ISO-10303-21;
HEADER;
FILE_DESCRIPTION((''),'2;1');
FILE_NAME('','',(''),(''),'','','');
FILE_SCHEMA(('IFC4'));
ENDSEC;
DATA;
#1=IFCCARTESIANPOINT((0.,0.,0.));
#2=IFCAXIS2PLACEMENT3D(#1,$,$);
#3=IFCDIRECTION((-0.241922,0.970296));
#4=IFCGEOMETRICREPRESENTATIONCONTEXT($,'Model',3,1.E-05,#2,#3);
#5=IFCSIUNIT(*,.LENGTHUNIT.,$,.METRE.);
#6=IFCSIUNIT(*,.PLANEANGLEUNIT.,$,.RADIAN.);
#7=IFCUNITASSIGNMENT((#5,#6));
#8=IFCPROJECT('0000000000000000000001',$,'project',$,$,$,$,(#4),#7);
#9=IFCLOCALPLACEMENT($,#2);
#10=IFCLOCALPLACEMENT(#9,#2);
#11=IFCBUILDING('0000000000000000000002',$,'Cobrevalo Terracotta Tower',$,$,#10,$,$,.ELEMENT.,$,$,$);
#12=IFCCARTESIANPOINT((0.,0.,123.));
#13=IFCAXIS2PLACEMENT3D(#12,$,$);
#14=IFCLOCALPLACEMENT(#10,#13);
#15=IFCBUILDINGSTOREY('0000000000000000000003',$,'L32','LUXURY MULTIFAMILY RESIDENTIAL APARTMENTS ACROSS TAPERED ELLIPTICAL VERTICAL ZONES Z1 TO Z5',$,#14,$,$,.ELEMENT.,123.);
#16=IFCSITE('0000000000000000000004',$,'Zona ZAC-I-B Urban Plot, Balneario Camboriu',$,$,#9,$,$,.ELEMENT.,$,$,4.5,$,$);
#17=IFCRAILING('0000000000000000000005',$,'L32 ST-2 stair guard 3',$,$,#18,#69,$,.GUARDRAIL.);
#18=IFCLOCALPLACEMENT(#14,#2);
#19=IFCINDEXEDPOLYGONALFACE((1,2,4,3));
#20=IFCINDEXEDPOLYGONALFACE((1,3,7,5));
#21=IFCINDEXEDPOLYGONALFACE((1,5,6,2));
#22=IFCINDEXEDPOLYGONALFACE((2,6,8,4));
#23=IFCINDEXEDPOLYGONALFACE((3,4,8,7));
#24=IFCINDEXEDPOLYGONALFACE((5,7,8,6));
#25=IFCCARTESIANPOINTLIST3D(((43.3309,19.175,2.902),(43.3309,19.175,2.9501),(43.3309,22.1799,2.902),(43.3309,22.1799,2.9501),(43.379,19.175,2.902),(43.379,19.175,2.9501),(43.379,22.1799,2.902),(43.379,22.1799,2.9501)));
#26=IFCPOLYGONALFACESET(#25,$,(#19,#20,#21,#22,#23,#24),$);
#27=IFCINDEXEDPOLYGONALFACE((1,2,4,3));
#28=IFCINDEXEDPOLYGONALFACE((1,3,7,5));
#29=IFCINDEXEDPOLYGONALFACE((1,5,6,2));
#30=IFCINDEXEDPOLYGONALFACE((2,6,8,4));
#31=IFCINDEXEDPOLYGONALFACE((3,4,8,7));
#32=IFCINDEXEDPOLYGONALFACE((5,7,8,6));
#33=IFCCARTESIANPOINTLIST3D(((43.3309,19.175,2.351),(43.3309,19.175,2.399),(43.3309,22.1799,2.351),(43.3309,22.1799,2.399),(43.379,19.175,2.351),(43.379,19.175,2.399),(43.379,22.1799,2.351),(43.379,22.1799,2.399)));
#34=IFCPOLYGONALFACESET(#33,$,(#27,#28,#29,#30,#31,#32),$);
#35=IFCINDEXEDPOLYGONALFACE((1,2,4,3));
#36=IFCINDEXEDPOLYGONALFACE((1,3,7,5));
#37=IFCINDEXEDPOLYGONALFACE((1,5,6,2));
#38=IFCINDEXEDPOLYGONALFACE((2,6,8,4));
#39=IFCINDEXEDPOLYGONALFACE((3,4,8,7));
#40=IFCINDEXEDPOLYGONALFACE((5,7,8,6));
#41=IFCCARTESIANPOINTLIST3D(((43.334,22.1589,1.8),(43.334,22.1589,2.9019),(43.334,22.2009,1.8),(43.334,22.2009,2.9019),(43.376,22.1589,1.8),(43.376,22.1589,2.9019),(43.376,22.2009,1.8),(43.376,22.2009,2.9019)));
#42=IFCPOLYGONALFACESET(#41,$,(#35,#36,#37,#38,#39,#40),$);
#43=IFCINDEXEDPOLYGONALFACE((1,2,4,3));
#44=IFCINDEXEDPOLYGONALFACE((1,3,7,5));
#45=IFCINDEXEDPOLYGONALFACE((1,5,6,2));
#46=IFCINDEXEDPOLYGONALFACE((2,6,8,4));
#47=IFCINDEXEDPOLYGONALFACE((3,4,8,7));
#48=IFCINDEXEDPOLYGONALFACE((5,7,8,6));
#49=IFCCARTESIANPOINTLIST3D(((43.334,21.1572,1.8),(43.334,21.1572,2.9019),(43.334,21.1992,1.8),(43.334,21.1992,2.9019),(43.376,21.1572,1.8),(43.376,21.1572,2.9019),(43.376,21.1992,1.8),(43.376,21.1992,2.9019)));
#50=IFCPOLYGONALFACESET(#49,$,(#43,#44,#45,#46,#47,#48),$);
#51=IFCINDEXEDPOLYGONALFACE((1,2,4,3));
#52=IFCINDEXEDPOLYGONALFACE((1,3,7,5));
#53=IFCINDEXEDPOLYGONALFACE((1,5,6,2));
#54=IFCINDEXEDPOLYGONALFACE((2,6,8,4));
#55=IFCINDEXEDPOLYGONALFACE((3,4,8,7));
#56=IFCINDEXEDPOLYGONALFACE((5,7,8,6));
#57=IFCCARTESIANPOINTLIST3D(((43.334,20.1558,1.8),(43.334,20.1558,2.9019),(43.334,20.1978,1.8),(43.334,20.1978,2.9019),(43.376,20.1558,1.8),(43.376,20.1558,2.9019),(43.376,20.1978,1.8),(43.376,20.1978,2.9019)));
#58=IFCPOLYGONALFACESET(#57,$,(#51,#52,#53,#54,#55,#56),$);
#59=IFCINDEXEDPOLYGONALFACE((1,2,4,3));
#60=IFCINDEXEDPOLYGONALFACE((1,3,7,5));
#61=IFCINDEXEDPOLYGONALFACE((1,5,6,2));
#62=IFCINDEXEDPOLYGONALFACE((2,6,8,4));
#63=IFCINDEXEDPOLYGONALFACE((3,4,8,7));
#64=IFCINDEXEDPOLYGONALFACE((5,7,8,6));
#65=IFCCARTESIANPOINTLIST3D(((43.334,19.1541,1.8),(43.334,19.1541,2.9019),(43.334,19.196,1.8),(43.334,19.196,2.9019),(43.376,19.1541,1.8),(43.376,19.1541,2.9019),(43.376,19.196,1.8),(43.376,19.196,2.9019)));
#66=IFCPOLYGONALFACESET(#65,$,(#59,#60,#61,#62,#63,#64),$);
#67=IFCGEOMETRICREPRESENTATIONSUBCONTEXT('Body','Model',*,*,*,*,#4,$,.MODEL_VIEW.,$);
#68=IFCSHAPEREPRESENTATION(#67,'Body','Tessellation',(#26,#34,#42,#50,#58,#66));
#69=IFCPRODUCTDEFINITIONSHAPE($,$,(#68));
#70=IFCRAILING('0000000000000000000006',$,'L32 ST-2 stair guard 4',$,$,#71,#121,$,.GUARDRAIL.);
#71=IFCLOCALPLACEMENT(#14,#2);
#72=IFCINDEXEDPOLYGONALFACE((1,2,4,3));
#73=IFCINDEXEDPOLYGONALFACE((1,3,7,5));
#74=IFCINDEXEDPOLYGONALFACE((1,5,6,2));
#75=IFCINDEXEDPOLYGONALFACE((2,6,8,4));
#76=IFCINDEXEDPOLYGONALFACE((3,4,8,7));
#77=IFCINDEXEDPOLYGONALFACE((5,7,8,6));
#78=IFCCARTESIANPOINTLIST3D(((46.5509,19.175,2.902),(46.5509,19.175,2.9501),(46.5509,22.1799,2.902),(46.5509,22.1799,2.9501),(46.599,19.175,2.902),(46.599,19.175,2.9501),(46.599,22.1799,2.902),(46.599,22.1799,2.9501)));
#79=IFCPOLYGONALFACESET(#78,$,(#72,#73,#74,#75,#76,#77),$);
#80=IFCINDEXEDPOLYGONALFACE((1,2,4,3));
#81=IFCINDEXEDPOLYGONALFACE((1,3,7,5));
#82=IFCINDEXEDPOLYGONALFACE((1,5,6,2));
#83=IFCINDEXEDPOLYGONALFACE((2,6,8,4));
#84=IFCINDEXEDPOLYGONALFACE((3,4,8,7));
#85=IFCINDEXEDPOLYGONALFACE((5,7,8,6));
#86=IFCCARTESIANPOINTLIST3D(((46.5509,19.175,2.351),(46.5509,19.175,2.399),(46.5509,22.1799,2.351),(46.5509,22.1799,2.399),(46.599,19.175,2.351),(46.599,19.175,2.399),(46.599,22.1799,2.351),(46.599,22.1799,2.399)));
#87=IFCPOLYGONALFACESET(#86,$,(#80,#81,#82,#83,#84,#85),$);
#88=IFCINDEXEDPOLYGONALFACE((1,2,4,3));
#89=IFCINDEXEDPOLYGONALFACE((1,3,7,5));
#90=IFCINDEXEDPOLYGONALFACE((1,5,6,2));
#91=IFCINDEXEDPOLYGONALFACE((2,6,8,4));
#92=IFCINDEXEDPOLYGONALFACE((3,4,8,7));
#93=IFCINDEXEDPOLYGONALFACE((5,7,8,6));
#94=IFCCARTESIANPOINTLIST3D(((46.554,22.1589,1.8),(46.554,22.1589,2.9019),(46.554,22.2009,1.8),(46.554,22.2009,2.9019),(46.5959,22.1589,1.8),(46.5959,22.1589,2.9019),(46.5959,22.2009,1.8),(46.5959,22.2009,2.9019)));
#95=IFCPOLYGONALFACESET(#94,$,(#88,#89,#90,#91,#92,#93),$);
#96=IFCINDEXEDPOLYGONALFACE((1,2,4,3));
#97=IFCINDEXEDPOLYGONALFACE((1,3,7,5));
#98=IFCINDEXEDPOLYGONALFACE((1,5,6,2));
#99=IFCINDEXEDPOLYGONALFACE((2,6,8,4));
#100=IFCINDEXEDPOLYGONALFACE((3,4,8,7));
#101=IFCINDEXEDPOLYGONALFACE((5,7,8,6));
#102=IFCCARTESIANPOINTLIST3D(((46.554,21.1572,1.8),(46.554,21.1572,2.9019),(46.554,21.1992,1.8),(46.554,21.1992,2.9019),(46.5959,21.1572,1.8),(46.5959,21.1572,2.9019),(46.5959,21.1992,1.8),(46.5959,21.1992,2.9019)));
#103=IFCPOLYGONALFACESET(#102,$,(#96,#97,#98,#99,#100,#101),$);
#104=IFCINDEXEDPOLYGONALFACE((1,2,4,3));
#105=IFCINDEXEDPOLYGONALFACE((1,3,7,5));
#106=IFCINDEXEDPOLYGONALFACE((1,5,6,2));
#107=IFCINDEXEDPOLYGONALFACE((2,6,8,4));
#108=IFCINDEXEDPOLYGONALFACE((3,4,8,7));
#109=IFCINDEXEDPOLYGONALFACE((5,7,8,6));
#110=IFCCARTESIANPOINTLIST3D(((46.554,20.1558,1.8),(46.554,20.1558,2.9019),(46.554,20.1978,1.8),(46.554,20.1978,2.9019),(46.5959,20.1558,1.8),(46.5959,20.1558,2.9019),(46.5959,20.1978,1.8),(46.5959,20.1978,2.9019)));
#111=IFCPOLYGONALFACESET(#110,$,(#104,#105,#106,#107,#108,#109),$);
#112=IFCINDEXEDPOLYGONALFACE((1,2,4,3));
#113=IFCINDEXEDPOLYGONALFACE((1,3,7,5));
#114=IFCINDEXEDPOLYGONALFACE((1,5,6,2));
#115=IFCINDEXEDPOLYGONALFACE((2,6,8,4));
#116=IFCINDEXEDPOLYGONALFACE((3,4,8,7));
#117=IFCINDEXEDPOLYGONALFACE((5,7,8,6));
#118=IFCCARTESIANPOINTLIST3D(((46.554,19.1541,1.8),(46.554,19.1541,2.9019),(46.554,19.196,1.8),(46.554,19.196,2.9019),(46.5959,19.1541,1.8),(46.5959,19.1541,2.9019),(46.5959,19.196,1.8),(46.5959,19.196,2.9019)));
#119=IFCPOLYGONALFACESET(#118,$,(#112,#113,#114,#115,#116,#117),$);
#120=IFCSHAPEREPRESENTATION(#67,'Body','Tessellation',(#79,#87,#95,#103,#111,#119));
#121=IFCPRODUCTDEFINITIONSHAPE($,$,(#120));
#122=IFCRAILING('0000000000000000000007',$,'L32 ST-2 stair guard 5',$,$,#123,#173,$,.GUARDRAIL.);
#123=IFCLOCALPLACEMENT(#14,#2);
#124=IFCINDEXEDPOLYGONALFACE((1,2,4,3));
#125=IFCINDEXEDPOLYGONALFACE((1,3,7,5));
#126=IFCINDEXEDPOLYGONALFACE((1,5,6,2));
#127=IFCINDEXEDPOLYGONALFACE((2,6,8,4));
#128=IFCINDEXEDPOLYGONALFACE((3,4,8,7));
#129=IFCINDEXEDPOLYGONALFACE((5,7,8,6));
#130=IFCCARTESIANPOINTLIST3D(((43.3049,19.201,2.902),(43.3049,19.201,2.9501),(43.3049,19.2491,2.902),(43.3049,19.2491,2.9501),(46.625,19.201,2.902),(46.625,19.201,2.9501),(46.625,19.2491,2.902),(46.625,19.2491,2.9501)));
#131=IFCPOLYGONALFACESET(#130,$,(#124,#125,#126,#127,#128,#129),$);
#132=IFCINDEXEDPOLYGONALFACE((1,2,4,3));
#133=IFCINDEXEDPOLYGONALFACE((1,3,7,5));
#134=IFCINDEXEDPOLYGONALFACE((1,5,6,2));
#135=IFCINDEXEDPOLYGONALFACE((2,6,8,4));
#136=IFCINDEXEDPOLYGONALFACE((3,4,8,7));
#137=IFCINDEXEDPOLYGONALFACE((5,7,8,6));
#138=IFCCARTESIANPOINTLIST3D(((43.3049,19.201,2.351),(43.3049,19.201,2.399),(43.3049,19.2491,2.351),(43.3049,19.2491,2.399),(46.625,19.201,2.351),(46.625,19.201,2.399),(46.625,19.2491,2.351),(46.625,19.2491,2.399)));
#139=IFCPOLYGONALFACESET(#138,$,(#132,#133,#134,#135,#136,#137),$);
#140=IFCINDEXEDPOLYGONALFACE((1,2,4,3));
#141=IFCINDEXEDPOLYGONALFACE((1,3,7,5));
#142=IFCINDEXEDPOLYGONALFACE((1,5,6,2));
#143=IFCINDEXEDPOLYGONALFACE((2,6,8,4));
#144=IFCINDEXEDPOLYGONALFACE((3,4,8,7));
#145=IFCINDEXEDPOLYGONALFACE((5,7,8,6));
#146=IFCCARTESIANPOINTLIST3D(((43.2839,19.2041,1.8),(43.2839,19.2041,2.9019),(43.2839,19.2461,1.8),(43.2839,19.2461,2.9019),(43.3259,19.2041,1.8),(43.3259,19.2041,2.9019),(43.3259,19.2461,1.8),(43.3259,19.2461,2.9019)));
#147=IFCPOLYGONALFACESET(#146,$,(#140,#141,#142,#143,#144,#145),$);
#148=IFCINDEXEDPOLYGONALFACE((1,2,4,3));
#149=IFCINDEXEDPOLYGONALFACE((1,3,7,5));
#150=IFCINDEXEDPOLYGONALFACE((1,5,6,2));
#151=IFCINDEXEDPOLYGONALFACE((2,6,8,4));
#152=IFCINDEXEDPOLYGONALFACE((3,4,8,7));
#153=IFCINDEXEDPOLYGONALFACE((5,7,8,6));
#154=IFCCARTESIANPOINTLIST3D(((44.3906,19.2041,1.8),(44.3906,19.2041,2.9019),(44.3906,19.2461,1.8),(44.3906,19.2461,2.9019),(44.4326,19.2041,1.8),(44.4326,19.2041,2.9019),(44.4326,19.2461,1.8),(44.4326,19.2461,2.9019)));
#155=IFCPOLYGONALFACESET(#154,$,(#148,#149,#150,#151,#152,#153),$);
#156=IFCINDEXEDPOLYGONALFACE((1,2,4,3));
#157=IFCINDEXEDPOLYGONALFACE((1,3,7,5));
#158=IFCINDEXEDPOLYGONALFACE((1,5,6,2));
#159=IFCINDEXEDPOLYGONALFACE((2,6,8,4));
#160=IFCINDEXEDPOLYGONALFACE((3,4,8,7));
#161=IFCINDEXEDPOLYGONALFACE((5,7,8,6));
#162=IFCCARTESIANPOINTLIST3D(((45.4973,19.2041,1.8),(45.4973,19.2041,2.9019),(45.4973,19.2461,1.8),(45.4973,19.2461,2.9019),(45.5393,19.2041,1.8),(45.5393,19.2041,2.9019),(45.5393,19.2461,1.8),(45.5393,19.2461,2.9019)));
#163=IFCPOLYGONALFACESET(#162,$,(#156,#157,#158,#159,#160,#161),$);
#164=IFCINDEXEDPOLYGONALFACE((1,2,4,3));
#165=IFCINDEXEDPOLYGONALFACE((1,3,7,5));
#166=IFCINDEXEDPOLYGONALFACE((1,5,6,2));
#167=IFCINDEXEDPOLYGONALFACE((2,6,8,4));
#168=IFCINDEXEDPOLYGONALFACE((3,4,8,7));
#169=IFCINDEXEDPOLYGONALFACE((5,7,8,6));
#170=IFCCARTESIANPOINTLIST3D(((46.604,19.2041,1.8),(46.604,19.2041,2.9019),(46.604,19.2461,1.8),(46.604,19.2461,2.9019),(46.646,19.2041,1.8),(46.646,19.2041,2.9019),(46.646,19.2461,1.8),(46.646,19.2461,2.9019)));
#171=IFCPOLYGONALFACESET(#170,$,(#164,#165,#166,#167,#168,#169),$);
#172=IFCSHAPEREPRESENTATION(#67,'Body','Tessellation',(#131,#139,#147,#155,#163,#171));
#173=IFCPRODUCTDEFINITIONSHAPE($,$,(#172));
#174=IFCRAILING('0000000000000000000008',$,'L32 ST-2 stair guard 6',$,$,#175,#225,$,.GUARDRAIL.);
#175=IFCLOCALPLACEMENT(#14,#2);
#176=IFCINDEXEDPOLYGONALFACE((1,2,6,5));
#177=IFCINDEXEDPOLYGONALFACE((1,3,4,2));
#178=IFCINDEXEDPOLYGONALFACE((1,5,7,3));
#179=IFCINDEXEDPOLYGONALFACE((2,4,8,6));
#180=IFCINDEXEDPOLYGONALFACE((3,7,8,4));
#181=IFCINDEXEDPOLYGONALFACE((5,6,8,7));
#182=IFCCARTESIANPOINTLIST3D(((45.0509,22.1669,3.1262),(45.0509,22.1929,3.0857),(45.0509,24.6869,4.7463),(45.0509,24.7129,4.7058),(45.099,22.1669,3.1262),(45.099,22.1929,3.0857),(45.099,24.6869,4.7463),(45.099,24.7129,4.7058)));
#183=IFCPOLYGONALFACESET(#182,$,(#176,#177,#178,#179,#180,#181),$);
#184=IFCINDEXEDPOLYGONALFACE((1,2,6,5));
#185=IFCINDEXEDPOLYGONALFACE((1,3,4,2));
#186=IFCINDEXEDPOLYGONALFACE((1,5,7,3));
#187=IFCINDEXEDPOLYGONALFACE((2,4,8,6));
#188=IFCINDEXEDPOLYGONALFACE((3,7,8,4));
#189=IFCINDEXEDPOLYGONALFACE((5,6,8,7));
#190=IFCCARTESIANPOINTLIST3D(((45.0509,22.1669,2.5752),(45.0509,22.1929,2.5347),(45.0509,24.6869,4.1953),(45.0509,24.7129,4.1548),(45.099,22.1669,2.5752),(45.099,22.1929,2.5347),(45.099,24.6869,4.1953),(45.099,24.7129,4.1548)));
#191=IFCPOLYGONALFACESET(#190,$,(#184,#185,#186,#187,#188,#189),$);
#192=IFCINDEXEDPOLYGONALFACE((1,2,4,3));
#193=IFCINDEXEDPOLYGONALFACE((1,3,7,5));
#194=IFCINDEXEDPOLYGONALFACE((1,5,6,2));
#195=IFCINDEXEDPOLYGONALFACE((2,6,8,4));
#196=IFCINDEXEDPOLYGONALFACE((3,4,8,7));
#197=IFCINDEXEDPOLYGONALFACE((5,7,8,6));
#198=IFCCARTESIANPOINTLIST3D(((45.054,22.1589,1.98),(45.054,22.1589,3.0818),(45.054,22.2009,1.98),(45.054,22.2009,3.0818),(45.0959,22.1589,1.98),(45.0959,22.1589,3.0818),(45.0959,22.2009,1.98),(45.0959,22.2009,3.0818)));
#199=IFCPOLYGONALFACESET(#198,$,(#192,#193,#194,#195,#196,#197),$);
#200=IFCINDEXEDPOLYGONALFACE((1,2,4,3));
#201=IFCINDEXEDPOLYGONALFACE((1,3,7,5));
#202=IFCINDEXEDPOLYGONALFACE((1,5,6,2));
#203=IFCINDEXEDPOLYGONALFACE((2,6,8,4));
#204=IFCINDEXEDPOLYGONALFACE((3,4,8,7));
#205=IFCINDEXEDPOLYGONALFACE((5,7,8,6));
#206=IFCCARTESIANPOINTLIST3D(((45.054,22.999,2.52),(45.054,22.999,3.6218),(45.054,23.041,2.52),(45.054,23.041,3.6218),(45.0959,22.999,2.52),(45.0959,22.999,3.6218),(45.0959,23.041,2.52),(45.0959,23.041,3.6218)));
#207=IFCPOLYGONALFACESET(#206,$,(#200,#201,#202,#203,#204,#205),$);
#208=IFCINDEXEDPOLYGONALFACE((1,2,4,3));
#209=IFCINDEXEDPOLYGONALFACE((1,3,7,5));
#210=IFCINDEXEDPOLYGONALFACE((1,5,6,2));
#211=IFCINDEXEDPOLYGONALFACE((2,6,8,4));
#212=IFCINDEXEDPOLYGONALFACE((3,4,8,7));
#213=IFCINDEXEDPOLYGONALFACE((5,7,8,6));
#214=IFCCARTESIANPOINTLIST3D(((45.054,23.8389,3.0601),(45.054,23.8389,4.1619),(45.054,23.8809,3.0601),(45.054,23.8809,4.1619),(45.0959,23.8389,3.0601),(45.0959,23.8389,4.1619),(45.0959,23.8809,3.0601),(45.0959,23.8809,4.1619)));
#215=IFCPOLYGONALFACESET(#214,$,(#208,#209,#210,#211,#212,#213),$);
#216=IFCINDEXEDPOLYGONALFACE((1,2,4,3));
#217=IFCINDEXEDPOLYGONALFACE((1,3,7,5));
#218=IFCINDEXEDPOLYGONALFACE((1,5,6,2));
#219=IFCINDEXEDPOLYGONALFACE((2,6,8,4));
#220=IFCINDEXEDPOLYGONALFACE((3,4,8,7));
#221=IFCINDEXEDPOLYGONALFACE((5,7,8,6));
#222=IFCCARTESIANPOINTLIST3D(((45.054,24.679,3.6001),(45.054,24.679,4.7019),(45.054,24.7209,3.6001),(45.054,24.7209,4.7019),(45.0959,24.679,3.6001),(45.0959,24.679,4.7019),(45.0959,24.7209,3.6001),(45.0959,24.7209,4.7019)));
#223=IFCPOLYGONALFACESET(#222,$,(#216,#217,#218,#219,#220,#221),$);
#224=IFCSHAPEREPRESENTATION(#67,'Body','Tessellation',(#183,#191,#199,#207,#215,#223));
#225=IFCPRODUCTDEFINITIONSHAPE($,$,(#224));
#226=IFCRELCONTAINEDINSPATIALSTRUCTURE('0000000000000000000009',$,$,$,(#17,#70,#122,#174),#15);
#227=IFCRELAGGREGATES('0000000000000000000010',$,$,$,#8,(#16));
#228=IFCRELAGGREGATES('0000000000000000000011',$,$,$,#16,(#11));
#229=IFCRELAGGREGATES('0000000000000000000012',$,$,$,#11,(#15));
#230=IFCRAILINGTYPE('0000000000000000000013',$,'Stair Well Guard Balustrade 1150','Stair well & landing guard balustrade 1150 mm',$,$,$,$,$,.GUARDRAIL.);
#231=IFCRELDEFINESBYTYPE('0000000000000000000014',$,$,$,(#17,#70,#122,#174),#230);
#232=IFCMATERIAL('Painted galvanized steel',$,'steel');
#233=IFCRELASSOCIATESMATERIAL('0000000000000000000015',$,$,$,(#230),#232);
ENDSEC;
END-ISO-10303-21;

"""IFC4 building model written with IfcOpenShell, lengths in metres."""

from ifc_helpers import new_model, si_unit, direction, frame, origin, origin_2d, place, context, subcontext, project, spatial, rectangle, extrude, material, type_object, element, save


model = new_model("IFC4")

# Units and contexts
model_context = context("Model", 3, precision=1e-05, world=origin(), true_north=direction((-0.241922, 0.970296)))
body_context = subcontext(model_context, "Body", "Model", "MODEL_VIEW")
ifc_project = project(units=[si_unit("LENGTHUNIT", "METRE"), si_unit("PLANEANGLEUNIT", "RADIAN")], contexts=[model_context])

# Site, building, storey
site_placement = place(None, origin())
site = spatial("IfcSite", under=ifc_project, at=site_placement, Name="Zona ZAC-I-B Urban Plot, Balneario Camboriu", CompositionType="ELEMENT", RefElevation=4.5)
building_placement = place(site_placement, origin())
building = spatial("IfcBuilding", under=site, at=building_placement, Name="Cobrevalo Terracotta Tower", CompositionType="ELEMENT")
storey_placement = place(building_placement, frame((0.0, 0.0, 123.0)))
storey = spatial("IfcBuildingStorey", under=building, at=storey_placement, Name="L32", Description="LUXURY MULTIFAMILY RESIDENTIAL APARTMENTS ACROSS TAPERED ELLIPTICAL VERTICAL ZONES Z1 TO Z5", CompositionType="ELEMENT", Elevation=123.0)

# Railings
ifc_material_1 = material(Name="Painted galvanized steel", Category="steel")
railing_type_1 = type_object("IfcRailingType", Name="Stair Well Guard Balustrade 1150", Description="Stair well & landing guard balustrade 1150 mm", PredefinedType="GUARDRAIL", material=ifc_material_1)
for number, where, name in (
    (1, (43.355, 22.1799, 1.8), "L32 ST-2 stair guard 3"),
    (2, (46.575, 22.1799, 1.8), "L32 ST-2 stair guard 4"),
):
    element("IfcRailing", number, at=place(storey_placement, frame(where)), inside=storey, type_object=railing_type_1, Name=name, PredefinedType="GUARDRAIL", context=body_context, shape_type="SweptSolid", body=[
        extrude(rectangle(XDim=0.0481, YDim=0.0481, at=origin_2d()), frame((0.0, 0.0, 1.126), z_axis=(0.0, -1.0, 0.0), x_axis=(1.0, 0.0, 0.0)), (0.0, 0.0, 1.0), 3.0049),
        extrude(rectangle(XDim=0.0481, YDim=0.0481, at=origin_2d()), frame((0.0, 0.0, 0.575), z_axis=(0.0, -1.0, 0.0), x_axis=(1.0, 0.0, 0.0)), (0.0, 0.0, 1.0), 3.0049),
        extrude(rectangle(XDim=0.042, YDim=0.042, at=origin_2d()), origin(), (0.0, 0.0, 1.0), 1.1018),
        extrude(rectangle(XDim=0.042, YDim=0.042, at=origin_2d()), frame((0.0, -1.0017, 0.0)), (0.0, 0.0, 1.0), 1.1018),
        extrude(rectangle(XDim=0.042, YDim=0.042, at=origin_2d()), frame((0.0, -2.0032, 0.0)), (0.0, 0.0, 1.0), 1.1018),
        extrude(rectangle(XDim=0.042, YDim=0.042, at=origin_2d()), frame((0.0, -3.0049, 0.0)), (0.0, 0.0, 1.0), 1.1018),
    ])
railing_1_placement = place(storey_placement, frame((43.3049, 19.2251, 1.8)))
element("IfcRailing", 3, at=railing_1_placement, inside=storey, type_object=railing_type_1, Name="L32 ST-2 stair guard 5", PredefinedType="GUARDRAIL", context=body_context, shape_type="SweptSolid", body=[
    extrude(rectangle(XDim=0.0481, YDim=0.0481, at=origin_2d()), frame((0.0, 0.0, 1.126), z_axis=(1.0, 0.0, 0.0), x_axis=(0.0, 1.0, 0.0)), (0.0, 0.0, 1.0), 3.3201),
    extrude(rectangle(XDim=0.0481, YDim=0.0481, at=origin_2d()), frame((0.0, 0.0, 0.575), z_axis=(1.0, 0.0, 0.0), x_axis=(0.0, 1.0, 0.0)), (0.0, 0.0, 1.0), 3.3201),
    extrude(rectangle(XDim=0.042, YDim=0.042, at=origin_2d()), origin(), (0.0, 0.0, 1.0), 1.1018),
    extrude(rectangle(XDim=0.042, YDim=0.042, at=origin_2d()), frame((1.1067, 0.0, 0.0)), (0.0, 0.0, 1.0), 1.1018),
    extrude(rectangle(XDim=0.042, YDim=0.042, at=origin_2d()), frame((2.2134, 0.0, 0.0)), (0.0, 0.0, 1.0), 1.1018),
    extrude(rectangle(XDim=0.042, YDim=0.042, at=origin_2d()), frame((3.3201, 0.0, 0.0)), (0.0, 0.0, 1.0), 1.1018),
])
railing_2_placement = place(storey_placement, frame((45.075, 22.1799, 1.98)))
element("IfcRailing", 4, at=railing_2_placement, inside=storey, type_object=railing_type_1, Name="L32 ST-2 stair guard 6", PredefinedType="GUARDRAIL", context=body_context, shape_type="SweptSolid", body=[
    extrude(rectangle(XDim=0.0481, YDim=0.0481, at=origin_2d()), frame((0.0, 0.0, 1.126), z_axis=(0.0, 0.841163, 0.540782), x_axis=(-1.0, 0.0, 0.0)), (0.0, 0.0, 1.0), 2.9958),
    extrude(rectangle(XDim=0.0481, YDim=0.0481, at=origin_2d()), frame((0.0, 0.0, 0.575), z_axis=(0.0, 0.841163, 0.540782), x_axis=(-1.0, 0.0, 0.0)), (0.0, 0.0, 1.0), 2.9958),
    extrude(rectangle(XDim=0.042, YDim=0.042, at=origin_2d()), origin(), (0.0, 0.0, 1.0), 1.1018),
    extrude(rectangle(XDim=0.042, YDim=0.042, at=origin_2d()), frame((0.0, 0.8401, 0.54)), (0.0, 0.0, 1.0), 1.1018),
    extrude(rectangle(XDim=0.042, YDim=0.042, at=origin_2d()), frame((0.0, 1.6799, 1.0801)), (0.0, 0.0, 1.0), 1.1018),
    extrude(rectangle(XDim=0.042, YDim=0.042, at=origin_2d()), frame((0.0, 2.52, 1.6201)), (0.0, 0.0, 1.0), 1.1018),
])

save(model, "model.ifc")
